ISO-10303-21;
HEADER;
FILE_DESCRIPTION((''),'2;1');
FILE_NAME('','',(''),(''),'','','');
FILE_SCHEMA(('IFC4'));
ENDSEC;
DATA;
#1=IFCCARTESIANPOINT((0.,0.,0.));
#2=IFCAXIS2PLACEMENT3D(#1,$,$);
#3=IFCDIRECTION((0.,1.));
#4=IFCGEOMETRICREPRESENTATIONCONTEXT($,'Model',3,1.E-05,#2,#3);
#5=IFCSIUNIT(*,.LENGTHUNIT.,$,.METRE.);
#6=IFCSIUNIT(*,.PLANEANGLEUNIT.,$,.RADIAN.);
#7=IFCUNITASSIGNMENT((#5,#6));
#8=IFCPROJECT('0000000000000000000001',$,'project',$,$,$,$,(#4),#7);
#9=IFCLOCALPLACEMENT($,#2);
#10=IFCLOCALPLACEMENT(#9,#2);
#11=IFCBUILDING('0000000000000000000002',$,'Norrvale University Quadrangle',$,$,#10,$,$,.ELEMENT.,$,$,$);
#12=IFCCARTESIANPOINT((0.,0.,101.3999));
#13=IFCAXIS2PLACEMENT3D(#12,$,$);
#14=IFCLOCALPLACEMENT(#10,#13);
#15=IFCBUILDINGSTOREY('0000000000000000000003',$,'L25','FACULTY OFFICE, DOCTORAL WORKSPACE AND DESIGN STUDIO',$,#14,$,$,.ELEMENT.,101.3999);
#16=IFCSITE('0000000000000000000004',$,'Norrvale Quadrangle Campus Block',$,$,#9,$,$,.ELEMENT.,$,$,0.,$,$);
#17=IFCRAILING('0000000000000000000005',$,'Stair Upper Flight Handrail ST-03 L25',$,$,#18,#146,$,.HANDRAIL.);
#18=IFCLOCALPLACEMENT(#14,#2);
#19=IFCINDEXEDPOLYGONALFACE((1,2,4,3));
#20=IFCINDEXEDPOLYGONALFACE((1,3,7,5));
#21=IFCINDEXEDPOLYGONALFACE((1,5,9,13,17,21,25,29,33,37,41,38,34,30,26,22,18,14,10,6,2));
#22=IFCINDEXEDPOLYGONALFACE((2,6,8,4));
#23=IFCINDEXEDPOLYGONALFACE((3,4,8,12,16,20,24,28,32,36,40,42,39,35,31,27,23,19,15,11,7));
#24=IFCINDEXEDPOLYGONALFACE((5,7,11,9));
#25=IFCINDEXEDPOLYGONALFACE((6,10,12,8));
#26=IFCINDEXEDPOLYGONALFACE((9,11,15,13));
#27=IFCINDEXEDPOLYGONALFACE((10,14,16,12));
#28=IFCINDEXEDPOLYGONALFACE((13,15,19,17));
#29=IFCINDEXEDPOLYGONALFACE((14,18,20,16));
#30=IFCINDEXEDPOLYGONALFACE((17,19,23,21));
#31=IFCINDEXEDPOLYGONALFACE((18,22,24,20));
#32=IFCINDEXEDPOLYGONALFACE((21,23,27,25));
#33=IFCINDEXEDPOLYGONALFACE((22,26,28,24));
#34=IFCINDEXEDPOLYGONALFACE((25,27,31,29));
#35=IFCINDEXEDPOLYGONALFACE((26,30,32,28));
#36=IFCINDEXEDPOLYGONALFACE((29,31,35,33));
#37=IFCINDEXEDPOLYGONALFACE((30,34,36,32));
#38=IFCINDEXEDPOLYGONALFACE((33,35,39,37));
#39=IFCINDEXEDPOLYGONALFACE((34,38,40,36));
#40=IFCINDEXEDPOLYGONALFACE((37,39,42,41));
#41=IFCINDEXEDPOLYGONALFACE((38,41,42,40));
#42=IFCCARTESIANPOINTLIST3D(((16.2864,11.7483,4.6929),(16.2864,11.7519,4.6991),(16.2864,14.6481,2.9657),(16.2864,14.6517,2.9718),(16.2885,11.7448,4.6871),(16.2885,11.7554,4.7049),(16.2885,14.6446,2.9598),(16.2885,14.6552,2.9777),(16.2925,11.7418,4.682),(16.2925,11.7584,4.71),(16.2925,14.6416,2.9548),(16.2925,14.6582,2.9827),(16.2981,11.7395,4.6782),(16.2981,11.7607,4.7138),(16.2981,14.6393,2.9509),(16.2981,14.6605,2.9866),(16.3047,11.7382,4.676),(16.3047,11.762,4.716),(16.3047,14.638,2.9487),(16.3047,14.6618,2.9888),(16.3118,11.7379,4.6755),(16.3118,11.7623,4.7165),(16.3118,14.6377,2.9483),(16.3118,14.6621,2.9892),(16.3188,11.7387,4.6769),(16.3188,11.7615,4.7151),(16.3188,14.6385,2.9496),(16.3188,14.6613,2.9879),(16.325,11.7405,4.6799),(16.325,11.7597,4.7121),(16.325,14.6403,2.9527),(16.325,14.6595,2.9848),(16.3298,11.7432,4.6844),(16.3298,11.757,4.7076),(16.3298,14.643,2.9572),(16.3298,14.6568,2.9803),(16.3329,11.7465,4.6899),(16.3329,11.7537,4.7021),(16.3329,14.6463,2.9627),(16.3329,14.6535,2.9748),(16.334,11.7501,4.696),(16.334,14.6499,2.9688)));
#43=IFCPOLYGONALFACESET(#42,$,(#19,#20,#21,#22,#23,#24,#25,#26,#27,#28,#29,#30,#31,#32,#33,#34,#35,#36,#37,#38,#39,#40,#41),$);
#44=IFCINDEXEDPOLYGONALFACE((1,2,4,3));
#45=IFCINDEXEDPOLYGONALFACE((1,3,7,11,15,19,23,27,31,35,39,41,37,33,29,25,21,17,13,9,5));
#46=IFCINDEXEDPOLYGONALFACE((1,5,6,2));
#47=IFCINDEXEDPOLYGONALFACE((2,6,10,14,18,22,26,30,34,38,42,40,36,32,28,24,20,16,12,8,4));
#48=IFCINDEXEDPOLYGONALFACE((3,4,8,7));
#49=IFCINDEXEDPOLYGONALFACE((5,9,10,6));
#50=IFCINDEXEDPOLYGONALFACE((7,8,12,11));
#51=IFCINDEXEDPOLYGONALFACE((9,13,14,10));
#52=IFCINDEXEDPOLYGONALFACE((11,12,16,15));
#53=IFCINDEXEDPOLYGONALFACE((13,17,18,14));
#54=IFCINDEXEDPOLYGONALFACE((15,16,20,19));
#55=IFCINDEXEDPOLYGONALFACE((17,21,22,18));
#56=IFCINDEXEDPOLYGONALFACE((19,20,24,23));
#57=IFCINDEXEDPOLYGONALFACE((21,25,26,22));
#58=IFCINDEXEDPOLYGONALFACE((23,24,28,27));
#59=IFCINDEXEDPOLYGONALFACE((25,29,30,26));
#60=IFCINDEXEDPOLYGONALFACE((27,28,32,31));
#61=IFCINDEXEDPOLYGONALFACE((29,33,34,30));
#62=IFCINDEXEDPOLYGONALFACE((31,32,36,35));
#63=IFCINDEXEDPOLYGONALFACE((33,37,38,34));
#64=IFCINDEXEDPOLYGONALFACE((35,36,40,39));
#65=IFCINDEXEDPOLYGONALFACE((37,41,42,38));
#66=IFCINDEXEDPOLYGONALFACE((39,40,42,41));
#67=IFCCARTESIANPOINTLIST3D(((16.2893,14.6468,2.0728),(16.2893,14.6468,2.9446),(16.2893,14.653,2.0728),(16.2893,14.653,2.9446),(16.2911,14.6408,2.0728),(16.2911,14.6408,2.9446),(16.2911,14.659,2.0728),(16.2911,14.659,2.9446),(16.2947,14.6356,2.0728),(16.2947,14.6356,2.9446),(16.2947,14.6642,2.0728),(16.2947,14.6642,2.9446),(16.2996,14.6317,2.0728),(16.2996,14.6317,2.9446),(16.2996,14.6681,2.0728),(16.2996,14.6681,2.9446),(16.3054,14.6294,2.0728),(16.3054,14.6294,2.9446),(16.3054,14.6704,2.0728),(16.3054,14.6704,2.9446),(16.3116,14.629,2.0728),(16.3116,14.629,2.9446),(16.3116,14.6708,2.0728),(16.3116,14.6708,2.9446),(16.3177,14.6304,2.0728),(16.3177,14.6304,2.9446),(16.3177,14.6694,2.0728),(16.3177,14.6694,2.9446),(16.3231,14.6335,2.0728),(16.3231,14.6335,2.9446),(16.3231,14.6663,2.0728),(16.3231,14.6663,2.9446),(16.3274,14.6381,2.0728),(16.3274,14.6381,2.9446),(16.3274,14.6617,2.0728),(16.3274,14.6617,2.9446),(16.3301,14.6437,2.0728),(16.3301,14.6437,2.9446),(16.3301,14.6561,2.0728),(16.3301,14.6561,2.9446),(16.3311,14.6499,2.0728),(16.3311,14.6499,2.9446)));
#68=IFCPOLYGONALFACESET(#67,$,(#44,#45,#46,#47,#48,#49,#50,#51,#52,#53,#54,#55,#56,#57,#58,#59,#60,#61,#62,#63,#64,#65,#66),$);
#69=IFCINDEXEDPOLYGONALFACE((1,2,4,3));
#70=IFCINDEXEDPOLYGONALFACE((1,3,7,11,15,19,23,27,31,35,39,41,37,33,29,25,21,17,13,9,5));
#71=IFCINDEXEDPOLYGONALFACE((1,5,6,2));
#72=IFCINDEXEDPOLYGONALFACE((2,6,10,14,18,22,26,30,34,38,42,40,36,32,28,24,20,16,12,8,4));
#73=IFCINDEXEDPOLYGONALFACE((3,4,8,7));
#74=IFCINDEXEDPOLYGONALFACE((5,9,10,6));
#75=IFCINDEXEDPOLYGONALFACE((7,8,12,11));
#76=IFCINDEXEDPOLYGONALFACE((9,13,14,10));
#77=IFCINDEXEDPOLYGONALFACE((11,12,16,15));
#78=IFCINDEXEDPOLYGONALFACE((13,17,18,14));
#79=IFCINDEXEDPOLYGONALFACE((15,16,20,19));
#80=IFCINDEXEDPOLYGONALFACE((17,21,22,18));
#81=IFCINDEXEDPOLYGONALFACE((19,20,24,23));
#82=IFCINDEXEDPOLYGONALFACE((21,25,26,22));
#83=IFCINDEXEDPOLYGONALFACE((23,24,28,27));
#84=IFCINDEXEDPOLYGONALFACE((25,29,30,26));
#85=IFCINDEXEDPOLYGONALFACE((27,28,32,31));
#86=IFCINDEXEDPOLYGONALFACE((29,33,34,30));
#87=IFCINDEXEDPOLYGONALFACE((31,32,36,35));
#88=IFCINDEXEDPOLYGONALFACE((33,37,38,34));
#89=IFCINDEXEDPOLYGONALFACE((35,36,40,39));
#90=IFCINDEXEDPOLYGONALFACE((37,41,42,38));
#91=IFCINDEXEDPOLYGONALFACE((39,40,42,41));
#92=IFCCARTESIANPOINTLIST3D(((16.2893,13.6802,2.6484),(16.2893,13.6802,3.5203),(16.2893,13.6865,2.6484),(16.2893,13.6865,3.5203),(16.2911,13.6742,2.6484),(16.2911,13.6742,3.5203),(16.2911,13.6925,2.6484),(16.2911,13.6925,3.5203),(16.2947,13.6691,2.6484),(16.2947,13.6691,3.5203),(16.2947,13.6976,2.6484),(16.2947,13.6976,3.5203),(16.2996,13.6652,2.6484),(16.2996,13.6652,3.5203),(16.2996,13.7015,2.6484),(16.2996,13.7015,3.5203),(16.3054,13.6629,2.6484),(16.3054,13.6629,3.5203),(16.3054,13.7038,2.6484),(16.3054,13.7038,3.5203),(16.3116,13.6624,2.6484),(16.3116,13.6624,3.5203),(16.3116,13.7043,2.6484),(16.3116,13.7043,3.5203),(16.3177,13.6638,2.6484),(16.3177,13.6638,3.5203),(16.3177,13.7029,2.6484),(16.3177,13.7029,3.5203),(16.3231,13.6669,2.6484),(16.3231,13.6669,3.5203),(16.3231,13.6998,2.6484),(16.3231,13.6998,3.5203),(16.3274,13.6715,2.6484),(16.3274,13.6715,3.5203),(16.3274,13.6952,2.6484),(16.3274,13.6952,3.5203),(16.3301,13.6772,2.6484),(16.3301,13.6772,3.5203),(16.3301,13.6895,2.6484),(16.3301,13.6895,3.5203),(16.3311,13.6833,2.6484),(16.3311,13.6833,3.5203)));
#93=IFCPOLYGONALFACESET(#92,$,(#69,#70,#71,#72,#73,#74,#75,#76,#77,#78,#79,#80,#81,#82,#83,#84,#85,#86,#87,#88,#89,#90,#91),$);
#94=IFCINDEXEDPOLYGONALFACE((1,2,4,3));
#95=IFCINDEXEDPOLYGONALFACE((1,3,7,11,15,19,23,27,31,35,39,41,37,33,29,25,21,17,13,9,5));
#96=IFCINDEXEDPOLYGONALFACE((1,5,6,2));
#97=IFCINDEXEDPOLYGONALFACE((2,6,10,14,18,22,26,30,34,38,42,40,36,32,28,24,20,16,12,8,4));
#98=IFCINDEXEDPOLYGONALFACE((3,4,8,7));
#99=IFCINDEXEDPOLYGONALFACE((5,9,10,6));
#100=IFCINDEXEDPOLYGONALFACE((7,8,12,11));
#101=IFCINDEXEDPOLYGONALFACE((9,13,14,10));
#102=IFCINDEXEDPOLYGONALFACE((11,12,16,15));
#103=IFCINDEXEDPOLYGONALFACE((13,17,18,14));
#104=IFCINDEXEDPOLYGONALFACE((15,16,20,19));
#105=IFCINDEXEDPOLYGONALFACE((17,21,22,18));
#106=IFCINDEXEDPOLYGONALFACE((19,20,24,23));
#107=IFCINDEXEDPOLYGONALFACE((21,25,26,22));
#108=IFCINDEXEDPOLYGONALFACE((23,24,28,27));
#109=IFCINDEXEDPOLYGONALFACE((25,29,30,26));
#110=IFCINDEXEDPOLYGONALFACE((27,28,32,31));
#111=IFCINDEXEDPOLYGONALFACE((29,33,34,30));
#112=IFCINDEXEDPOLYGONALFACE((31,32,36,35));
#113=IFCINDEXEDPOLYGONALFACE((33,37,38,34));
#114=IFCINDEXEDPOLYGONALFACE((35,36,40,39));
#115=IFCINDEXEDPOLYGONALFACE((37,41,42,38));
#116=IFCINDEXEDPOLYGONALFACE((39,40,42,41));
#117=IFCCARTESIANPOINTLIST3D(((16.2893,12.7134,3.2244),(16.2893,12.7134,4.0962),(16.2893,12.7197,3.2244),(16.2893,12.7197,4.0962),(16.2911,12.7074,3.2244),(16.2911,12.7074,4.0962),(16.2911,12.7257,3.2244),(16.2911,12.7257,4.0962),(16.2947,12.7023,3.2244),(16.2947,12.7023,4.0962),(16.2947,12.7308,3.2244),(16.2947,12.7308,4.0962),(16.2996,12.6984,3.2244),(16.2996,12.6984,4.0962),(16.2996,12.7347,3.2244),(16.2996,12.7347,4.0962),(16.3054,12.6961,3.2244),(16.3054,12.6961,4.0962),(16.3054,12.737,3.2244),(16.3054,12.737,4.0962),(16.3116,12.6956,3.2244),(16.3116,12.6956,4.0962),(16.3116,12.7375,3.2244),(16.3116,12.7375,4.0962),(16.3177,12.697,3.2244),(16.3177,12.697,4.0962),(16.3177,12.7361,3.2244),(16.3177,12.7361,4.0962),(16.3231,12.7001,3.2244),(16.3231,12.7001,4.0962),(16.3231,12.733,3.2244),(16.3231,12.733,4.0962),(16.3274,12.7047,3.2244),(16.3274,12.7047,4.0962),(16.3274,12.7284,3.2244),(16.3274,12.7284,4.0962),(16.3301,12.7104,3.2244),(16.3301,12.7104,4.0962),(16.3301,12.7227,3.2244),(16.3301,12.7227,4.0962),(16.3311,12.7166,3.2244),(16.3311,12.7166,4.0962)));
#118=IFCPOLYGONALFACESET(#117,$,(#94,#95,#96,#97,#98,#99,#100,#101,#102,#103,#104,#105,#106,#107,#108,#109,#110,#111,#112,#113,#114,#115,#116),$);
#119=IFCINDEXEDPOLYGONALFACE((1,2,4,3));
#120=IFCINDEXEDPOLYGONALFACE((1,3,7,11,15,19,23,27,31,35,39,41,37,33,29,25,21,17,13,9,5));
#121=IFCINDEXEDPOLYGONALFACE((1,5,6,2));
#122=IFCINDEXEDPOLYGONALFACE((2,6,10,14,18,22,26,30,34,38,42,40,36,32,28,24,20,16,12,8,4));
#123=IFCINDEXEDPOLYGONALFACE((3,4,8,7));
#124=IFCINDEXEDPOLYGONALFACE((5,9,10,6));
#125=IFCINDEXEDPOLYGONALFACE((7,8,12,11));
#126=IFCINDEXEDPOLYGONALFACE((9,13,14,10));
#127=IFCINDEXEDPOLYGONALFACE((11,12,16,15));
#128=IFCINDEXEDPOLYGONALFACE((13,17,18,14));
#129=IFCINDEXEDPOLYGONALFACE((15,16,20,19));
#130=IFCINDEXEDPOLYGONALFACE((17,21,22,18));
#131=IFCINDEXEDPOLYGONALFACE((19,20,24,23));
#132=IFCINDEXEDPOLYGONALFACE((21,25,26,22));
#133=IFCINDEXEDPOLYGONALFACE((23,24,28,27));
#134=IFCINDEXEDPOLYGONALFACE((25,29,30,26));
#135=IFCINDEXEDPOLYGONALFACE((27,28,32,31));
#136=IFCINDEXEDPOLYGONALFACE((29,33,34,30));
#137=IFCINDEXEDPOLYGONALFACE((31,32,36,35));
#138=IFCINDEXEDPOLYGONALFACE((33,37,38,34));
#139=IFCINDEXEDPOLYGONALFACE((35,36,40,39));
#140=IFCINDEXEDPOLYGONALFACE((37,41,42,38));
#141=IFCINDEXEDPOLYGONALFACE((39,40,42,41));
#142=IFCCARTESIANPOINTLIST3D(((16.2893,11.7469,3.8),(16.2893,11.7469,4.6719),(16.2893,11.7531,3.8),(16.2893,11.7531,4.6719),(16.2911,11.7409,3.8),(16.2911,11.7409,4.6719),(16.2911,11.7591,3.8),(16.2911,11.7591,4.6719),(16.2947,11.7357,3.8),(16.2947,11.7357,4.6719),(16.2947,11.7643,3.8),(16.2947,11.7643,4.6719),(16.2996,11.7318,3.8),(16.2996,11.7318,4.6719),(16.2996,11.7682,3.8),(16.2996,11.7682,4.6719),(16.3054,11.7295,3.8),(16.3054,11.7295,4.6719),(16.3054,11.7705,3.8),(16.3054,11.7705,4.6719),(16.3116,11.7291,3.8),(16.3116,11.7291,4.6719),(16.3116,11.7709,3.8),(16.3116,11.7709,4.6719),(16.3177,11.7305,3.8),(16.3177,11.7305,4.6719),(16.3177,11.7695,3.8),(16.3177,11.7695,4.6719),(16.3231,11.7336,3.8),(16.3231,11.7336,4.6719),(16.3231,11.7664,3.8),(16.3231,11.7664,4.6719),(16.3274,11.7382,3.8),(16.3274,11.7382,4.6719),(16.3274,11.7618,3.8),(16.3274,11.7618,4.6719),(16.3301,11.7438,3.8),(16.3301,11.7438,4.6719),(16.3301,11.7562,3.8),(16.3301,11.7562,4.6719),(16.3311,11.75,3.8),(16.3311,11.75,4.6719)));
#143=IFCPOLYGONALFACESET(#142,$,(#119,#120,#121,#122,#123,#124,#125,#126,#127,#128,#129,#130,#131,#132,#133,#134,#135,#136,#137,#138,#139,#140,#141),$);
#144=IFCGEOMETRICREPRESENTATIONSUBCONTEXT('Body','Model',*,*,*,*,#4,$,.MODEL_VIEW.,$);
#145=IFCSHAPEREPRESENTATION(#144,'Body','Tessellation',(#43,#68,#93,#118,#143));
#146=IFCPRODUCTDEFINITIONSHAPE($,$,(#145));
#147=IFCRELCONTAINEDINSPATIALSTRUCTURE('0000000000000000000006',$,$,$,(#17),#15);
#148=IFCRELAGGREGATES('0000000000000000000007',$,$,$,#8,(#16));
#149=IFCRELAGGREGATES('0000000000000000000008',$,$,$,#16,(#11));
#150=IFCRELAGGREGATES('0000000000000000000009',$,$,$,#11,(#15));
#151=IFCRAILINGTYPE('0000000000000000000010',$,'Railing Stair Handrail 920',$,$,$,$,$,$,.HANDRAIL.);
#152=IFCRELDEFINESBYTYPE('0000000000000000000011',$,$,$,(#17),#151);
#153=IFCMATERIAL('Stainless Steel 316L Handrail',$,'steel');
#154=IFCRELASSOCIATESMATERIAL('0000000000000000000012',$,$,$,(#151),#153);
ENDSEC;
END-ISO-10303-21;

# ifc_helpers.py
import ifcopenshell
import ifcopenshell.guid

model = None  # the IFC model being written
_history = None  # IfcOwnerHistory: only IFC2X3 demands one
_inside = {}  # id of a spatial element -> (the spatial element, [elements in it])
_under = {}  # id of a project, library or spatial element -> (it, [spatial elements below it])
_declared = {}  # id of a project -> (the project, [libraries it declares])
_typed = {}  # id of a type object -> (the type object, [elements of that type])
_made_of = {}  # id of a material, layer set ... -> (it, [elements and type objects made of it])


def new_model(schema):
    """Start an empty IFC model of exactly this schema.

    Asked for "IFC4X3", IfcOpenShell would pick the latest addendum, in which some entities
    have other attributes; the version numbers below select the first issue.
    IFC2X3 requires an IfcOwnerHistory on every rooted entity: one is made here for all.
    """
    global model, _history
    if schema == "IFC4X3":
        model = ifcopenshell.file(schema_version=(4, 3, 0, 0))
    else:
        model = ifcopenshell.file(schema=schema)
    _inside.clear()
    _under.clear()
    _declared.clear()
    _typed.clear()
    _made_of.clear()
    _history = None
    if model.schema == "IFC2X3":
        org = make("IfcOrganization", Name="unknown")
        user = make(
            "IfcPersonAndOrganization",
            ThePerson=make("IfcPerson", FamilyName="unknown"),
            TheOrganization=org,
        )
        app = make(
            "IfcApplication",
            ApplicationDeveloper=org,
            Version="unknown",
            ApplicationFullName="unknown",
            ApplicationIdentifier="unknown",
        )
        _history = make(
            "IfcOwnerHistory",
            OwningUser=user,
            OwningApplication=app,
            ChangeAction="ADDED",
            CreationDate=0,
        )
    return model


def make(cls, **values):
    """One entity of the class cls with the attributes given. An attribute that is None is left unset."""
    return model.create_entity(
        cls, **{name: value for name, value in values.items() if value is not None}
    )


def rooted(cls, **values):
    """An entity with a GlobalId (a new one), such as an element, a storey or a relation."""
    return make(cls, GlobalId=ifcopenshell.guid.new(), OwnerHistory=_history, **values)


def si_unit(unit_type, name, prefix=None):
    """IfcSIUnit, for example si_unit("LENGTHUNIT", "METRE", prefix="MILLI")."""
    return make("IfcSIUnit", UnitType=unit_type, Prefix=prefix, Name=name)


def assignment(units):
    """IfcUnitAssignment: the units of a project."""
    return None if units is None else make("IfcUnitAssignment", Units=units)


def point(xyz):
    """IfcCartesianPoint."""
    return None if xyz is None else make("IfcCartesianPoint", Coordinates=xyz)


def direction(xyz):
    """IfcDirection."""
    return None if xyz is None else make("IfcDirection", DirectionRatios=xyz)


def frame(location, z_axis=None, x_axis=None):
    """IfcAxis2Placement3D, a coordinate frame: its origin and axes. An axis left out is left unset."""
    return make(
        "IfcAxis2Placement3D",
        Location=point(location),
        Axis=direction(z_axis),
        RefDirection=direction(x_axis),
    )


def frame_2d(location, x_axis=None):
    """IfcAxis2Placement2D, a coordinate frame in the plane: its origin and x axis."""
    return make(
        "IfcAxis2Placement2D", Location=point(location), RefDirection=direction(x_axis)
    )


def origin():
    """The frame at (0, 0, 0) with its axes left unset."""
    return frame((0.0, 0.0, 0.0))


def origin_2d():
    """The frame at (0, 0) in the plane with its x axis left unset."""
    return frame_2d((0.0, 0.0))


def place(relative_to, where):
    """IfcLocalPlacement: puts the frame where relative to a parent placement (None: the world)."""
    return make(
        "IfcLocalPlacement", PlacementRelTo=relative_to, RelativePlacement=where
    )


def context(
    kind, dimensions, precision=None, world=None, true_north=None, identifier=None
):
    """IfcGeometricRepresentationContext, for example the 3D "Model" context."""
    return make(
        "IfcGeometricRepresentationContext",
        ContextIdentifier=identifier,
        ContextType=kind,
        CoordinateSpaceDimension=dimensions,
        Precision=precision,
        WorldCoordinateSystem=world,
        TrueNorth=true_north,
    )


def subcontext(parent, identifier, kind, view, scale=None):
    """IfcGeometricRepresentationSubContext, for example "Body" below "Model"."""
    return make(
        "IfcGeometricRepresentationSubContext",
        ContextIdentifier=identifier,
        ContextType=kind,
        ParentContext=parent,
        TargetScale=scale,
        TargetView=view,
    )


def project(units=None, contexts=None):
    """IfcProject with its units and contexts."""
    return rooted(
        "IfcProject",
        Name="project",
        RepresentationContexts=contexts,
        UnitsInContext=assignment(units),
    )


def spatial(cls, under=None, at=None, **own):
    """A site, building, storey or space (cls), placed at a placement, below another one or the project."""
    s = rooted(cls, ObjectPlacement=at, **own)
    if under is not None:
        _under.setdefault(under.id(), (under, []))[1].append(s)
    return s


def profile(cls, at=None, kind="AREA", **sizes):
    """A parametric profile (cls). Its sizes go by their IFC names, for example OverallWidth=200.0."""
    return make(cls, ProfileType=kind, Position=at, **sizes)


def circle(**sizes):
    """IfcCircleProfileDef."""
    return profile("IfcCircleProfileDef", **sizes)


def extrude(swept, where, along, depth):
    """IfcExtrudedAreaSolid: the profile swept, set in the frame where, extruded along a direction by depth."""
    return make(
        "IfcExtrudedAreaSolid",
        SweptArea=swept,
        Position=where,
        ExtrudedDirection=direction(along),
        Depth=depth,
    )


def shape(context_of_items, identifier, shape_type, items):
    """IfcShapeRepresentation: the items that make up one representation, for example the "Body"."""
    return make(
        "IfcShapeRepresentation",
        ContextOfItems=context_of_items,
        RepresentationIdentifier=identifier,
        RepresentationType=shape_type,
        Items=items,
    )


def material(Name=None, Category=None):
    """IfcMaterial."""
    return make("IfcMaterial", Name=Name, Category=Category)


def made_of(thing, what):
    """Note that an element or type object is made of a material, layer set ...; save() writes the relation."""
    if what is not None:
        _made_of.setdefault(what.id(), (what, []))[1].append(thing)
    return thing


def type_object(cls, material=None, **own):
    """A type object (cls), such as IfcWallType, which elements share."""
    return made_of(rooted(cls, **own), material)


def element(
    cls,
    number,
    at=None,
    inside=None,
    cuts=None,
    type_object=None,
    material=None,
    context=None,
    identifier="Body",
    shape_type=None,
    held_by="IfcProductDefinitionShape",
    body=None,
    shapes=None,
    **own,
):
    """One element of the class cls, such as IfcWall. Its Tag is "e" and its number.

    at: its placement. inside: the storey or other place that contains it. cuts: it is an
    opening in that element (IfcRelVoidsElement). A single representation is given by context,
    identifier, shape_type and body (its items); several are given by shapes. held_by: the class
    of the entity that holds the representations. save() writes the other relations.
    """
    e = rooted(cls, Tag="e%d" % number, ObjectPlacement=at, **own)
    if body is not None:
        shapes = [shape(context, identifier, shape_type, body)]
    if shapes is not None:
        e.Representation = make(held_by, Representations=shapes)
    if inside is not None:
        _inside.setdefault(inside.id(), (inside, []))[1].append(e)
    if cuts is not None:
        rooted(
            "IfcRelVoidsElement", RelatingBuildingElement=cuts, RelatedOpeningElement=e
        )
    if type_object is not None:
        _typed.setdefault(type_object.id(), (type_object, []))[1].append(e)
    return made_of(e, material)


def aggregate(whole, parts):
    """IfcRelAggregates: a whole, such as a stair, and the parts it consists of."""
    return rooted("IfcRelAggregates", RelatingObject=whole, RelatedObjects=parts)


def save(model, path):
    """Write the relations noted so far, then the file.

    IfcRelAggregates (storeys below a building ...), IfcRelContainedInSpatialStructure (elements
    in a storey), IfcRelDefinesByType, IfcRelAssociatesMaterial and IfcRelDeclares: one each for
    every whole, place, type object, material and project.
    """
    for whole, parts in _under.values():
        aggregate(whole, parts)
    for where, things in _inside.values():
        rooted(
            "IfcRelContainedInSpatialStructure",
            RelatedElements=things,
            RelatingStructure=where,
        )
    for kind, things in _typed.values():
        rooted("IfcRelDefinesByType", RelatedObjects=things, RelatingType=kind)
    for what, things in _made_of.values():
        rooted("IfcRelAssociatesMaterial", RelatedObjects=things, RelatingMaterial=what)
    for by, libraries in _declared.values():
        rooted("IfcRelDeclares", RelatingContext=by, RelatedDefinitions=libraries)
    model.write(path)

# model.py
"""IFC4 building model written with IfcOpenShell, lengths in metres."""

from ifc_helpers import new_model, si_unit, direction, frame, origin, origin_2d, place, context, subcontext, project, spatial, circle, extrude, material, type_object, element, save


model = new_model("IFC4")

# Units and contexts
model_context = context("Model", 3, precision=1e-05, world=origin(), true_north=direction((0.0, 1.0)))
body_context = subcontext(model_context, "Body", "Model", "MODEL_VIEW")
ifc_project = project(units=[si_unit("LENGTHUNIT", "METRE"), si_unit("PLANEANGLEUNIT", "RADIAN")], contexts=[model_context])

# Site, building, storey
site_placement = place(None, origin())
site = spatial("IfcSite", under=ifc_project, at=site_placement, Name="Norrvale Quadrangle Campus Block", CompositionType="ELEMENT", RefElevation=0.0)
building_placement = place(site_placement, origin())
building = spatial("IfcBuilding", under=site, at=building_placement, Name="Norrvale University Quadrangle", CompositionType="ELEMENT")
storey_placement = place(building_placement, frame((0.0, 0.0, 101.3999)))
storey = spatial("IfcBuildingStorey", under=building, at=storey_placement, Name="L25", Description="FACULTY OFFICE, DOCTORAL WORKSPACE AND DESIGN STUDIO", CompositionType="ELEMENT", Elevation=101.3999)

# Railing
ifc_material_1 = material(Name="Stainless Steel 316L Handrail", Category="steel")
railing_type_1 = type_object("IfcRailingType", Name="Railing Stair Handrail 920", PredefinedType="HANDRAIL", material=ifc_material_1)
railing_1_placement = place(storey_placement, frame((16.3101, 14.6499, 2.0728)))
element("IfcRailing", 1, at=railing_1_placement, inside=storey, type_object=railing_type_1, Name="Stair Upper Flight Handrail ST-03 L25", PredefinedType="HANDRAIL", context=body_context, shape_type="SweptSolid", body=[
    extrude(circle(Radius=0.0239, at=origin_2d()), frame((0.0, 0.0, 0.896), z_axis=(0.0, -0.859141, 0.511738), x_axis=(1.0, 0.0, 0.0)), (0.0, 0.0, 1.0), 3.3752),
    extrude(circle(Radius=0.021, at=origin_2d()), origin(), (0.0, 0.0, 1.0), 0.8718),
    extrude(circle(Radius=0.021, at=origin_2d()), frame((0.0, -0.9666, 0.5757)), (0.0, 0.0, 1.0), 0.8718),
    extrude(circle(Radius=0.021, at=origin_2d()), frame((0.0, -1.9333, 1.1516)), (0.0, 0.0, 1.0), 0.8718),
    extrude(circle(Radius=0.021, at=origin_2d()), frame((0.0, -2.8999, 1.7273)), (0.0, 0.0, 1.0), 0.8718),
])

save(model, "model.ifc")
